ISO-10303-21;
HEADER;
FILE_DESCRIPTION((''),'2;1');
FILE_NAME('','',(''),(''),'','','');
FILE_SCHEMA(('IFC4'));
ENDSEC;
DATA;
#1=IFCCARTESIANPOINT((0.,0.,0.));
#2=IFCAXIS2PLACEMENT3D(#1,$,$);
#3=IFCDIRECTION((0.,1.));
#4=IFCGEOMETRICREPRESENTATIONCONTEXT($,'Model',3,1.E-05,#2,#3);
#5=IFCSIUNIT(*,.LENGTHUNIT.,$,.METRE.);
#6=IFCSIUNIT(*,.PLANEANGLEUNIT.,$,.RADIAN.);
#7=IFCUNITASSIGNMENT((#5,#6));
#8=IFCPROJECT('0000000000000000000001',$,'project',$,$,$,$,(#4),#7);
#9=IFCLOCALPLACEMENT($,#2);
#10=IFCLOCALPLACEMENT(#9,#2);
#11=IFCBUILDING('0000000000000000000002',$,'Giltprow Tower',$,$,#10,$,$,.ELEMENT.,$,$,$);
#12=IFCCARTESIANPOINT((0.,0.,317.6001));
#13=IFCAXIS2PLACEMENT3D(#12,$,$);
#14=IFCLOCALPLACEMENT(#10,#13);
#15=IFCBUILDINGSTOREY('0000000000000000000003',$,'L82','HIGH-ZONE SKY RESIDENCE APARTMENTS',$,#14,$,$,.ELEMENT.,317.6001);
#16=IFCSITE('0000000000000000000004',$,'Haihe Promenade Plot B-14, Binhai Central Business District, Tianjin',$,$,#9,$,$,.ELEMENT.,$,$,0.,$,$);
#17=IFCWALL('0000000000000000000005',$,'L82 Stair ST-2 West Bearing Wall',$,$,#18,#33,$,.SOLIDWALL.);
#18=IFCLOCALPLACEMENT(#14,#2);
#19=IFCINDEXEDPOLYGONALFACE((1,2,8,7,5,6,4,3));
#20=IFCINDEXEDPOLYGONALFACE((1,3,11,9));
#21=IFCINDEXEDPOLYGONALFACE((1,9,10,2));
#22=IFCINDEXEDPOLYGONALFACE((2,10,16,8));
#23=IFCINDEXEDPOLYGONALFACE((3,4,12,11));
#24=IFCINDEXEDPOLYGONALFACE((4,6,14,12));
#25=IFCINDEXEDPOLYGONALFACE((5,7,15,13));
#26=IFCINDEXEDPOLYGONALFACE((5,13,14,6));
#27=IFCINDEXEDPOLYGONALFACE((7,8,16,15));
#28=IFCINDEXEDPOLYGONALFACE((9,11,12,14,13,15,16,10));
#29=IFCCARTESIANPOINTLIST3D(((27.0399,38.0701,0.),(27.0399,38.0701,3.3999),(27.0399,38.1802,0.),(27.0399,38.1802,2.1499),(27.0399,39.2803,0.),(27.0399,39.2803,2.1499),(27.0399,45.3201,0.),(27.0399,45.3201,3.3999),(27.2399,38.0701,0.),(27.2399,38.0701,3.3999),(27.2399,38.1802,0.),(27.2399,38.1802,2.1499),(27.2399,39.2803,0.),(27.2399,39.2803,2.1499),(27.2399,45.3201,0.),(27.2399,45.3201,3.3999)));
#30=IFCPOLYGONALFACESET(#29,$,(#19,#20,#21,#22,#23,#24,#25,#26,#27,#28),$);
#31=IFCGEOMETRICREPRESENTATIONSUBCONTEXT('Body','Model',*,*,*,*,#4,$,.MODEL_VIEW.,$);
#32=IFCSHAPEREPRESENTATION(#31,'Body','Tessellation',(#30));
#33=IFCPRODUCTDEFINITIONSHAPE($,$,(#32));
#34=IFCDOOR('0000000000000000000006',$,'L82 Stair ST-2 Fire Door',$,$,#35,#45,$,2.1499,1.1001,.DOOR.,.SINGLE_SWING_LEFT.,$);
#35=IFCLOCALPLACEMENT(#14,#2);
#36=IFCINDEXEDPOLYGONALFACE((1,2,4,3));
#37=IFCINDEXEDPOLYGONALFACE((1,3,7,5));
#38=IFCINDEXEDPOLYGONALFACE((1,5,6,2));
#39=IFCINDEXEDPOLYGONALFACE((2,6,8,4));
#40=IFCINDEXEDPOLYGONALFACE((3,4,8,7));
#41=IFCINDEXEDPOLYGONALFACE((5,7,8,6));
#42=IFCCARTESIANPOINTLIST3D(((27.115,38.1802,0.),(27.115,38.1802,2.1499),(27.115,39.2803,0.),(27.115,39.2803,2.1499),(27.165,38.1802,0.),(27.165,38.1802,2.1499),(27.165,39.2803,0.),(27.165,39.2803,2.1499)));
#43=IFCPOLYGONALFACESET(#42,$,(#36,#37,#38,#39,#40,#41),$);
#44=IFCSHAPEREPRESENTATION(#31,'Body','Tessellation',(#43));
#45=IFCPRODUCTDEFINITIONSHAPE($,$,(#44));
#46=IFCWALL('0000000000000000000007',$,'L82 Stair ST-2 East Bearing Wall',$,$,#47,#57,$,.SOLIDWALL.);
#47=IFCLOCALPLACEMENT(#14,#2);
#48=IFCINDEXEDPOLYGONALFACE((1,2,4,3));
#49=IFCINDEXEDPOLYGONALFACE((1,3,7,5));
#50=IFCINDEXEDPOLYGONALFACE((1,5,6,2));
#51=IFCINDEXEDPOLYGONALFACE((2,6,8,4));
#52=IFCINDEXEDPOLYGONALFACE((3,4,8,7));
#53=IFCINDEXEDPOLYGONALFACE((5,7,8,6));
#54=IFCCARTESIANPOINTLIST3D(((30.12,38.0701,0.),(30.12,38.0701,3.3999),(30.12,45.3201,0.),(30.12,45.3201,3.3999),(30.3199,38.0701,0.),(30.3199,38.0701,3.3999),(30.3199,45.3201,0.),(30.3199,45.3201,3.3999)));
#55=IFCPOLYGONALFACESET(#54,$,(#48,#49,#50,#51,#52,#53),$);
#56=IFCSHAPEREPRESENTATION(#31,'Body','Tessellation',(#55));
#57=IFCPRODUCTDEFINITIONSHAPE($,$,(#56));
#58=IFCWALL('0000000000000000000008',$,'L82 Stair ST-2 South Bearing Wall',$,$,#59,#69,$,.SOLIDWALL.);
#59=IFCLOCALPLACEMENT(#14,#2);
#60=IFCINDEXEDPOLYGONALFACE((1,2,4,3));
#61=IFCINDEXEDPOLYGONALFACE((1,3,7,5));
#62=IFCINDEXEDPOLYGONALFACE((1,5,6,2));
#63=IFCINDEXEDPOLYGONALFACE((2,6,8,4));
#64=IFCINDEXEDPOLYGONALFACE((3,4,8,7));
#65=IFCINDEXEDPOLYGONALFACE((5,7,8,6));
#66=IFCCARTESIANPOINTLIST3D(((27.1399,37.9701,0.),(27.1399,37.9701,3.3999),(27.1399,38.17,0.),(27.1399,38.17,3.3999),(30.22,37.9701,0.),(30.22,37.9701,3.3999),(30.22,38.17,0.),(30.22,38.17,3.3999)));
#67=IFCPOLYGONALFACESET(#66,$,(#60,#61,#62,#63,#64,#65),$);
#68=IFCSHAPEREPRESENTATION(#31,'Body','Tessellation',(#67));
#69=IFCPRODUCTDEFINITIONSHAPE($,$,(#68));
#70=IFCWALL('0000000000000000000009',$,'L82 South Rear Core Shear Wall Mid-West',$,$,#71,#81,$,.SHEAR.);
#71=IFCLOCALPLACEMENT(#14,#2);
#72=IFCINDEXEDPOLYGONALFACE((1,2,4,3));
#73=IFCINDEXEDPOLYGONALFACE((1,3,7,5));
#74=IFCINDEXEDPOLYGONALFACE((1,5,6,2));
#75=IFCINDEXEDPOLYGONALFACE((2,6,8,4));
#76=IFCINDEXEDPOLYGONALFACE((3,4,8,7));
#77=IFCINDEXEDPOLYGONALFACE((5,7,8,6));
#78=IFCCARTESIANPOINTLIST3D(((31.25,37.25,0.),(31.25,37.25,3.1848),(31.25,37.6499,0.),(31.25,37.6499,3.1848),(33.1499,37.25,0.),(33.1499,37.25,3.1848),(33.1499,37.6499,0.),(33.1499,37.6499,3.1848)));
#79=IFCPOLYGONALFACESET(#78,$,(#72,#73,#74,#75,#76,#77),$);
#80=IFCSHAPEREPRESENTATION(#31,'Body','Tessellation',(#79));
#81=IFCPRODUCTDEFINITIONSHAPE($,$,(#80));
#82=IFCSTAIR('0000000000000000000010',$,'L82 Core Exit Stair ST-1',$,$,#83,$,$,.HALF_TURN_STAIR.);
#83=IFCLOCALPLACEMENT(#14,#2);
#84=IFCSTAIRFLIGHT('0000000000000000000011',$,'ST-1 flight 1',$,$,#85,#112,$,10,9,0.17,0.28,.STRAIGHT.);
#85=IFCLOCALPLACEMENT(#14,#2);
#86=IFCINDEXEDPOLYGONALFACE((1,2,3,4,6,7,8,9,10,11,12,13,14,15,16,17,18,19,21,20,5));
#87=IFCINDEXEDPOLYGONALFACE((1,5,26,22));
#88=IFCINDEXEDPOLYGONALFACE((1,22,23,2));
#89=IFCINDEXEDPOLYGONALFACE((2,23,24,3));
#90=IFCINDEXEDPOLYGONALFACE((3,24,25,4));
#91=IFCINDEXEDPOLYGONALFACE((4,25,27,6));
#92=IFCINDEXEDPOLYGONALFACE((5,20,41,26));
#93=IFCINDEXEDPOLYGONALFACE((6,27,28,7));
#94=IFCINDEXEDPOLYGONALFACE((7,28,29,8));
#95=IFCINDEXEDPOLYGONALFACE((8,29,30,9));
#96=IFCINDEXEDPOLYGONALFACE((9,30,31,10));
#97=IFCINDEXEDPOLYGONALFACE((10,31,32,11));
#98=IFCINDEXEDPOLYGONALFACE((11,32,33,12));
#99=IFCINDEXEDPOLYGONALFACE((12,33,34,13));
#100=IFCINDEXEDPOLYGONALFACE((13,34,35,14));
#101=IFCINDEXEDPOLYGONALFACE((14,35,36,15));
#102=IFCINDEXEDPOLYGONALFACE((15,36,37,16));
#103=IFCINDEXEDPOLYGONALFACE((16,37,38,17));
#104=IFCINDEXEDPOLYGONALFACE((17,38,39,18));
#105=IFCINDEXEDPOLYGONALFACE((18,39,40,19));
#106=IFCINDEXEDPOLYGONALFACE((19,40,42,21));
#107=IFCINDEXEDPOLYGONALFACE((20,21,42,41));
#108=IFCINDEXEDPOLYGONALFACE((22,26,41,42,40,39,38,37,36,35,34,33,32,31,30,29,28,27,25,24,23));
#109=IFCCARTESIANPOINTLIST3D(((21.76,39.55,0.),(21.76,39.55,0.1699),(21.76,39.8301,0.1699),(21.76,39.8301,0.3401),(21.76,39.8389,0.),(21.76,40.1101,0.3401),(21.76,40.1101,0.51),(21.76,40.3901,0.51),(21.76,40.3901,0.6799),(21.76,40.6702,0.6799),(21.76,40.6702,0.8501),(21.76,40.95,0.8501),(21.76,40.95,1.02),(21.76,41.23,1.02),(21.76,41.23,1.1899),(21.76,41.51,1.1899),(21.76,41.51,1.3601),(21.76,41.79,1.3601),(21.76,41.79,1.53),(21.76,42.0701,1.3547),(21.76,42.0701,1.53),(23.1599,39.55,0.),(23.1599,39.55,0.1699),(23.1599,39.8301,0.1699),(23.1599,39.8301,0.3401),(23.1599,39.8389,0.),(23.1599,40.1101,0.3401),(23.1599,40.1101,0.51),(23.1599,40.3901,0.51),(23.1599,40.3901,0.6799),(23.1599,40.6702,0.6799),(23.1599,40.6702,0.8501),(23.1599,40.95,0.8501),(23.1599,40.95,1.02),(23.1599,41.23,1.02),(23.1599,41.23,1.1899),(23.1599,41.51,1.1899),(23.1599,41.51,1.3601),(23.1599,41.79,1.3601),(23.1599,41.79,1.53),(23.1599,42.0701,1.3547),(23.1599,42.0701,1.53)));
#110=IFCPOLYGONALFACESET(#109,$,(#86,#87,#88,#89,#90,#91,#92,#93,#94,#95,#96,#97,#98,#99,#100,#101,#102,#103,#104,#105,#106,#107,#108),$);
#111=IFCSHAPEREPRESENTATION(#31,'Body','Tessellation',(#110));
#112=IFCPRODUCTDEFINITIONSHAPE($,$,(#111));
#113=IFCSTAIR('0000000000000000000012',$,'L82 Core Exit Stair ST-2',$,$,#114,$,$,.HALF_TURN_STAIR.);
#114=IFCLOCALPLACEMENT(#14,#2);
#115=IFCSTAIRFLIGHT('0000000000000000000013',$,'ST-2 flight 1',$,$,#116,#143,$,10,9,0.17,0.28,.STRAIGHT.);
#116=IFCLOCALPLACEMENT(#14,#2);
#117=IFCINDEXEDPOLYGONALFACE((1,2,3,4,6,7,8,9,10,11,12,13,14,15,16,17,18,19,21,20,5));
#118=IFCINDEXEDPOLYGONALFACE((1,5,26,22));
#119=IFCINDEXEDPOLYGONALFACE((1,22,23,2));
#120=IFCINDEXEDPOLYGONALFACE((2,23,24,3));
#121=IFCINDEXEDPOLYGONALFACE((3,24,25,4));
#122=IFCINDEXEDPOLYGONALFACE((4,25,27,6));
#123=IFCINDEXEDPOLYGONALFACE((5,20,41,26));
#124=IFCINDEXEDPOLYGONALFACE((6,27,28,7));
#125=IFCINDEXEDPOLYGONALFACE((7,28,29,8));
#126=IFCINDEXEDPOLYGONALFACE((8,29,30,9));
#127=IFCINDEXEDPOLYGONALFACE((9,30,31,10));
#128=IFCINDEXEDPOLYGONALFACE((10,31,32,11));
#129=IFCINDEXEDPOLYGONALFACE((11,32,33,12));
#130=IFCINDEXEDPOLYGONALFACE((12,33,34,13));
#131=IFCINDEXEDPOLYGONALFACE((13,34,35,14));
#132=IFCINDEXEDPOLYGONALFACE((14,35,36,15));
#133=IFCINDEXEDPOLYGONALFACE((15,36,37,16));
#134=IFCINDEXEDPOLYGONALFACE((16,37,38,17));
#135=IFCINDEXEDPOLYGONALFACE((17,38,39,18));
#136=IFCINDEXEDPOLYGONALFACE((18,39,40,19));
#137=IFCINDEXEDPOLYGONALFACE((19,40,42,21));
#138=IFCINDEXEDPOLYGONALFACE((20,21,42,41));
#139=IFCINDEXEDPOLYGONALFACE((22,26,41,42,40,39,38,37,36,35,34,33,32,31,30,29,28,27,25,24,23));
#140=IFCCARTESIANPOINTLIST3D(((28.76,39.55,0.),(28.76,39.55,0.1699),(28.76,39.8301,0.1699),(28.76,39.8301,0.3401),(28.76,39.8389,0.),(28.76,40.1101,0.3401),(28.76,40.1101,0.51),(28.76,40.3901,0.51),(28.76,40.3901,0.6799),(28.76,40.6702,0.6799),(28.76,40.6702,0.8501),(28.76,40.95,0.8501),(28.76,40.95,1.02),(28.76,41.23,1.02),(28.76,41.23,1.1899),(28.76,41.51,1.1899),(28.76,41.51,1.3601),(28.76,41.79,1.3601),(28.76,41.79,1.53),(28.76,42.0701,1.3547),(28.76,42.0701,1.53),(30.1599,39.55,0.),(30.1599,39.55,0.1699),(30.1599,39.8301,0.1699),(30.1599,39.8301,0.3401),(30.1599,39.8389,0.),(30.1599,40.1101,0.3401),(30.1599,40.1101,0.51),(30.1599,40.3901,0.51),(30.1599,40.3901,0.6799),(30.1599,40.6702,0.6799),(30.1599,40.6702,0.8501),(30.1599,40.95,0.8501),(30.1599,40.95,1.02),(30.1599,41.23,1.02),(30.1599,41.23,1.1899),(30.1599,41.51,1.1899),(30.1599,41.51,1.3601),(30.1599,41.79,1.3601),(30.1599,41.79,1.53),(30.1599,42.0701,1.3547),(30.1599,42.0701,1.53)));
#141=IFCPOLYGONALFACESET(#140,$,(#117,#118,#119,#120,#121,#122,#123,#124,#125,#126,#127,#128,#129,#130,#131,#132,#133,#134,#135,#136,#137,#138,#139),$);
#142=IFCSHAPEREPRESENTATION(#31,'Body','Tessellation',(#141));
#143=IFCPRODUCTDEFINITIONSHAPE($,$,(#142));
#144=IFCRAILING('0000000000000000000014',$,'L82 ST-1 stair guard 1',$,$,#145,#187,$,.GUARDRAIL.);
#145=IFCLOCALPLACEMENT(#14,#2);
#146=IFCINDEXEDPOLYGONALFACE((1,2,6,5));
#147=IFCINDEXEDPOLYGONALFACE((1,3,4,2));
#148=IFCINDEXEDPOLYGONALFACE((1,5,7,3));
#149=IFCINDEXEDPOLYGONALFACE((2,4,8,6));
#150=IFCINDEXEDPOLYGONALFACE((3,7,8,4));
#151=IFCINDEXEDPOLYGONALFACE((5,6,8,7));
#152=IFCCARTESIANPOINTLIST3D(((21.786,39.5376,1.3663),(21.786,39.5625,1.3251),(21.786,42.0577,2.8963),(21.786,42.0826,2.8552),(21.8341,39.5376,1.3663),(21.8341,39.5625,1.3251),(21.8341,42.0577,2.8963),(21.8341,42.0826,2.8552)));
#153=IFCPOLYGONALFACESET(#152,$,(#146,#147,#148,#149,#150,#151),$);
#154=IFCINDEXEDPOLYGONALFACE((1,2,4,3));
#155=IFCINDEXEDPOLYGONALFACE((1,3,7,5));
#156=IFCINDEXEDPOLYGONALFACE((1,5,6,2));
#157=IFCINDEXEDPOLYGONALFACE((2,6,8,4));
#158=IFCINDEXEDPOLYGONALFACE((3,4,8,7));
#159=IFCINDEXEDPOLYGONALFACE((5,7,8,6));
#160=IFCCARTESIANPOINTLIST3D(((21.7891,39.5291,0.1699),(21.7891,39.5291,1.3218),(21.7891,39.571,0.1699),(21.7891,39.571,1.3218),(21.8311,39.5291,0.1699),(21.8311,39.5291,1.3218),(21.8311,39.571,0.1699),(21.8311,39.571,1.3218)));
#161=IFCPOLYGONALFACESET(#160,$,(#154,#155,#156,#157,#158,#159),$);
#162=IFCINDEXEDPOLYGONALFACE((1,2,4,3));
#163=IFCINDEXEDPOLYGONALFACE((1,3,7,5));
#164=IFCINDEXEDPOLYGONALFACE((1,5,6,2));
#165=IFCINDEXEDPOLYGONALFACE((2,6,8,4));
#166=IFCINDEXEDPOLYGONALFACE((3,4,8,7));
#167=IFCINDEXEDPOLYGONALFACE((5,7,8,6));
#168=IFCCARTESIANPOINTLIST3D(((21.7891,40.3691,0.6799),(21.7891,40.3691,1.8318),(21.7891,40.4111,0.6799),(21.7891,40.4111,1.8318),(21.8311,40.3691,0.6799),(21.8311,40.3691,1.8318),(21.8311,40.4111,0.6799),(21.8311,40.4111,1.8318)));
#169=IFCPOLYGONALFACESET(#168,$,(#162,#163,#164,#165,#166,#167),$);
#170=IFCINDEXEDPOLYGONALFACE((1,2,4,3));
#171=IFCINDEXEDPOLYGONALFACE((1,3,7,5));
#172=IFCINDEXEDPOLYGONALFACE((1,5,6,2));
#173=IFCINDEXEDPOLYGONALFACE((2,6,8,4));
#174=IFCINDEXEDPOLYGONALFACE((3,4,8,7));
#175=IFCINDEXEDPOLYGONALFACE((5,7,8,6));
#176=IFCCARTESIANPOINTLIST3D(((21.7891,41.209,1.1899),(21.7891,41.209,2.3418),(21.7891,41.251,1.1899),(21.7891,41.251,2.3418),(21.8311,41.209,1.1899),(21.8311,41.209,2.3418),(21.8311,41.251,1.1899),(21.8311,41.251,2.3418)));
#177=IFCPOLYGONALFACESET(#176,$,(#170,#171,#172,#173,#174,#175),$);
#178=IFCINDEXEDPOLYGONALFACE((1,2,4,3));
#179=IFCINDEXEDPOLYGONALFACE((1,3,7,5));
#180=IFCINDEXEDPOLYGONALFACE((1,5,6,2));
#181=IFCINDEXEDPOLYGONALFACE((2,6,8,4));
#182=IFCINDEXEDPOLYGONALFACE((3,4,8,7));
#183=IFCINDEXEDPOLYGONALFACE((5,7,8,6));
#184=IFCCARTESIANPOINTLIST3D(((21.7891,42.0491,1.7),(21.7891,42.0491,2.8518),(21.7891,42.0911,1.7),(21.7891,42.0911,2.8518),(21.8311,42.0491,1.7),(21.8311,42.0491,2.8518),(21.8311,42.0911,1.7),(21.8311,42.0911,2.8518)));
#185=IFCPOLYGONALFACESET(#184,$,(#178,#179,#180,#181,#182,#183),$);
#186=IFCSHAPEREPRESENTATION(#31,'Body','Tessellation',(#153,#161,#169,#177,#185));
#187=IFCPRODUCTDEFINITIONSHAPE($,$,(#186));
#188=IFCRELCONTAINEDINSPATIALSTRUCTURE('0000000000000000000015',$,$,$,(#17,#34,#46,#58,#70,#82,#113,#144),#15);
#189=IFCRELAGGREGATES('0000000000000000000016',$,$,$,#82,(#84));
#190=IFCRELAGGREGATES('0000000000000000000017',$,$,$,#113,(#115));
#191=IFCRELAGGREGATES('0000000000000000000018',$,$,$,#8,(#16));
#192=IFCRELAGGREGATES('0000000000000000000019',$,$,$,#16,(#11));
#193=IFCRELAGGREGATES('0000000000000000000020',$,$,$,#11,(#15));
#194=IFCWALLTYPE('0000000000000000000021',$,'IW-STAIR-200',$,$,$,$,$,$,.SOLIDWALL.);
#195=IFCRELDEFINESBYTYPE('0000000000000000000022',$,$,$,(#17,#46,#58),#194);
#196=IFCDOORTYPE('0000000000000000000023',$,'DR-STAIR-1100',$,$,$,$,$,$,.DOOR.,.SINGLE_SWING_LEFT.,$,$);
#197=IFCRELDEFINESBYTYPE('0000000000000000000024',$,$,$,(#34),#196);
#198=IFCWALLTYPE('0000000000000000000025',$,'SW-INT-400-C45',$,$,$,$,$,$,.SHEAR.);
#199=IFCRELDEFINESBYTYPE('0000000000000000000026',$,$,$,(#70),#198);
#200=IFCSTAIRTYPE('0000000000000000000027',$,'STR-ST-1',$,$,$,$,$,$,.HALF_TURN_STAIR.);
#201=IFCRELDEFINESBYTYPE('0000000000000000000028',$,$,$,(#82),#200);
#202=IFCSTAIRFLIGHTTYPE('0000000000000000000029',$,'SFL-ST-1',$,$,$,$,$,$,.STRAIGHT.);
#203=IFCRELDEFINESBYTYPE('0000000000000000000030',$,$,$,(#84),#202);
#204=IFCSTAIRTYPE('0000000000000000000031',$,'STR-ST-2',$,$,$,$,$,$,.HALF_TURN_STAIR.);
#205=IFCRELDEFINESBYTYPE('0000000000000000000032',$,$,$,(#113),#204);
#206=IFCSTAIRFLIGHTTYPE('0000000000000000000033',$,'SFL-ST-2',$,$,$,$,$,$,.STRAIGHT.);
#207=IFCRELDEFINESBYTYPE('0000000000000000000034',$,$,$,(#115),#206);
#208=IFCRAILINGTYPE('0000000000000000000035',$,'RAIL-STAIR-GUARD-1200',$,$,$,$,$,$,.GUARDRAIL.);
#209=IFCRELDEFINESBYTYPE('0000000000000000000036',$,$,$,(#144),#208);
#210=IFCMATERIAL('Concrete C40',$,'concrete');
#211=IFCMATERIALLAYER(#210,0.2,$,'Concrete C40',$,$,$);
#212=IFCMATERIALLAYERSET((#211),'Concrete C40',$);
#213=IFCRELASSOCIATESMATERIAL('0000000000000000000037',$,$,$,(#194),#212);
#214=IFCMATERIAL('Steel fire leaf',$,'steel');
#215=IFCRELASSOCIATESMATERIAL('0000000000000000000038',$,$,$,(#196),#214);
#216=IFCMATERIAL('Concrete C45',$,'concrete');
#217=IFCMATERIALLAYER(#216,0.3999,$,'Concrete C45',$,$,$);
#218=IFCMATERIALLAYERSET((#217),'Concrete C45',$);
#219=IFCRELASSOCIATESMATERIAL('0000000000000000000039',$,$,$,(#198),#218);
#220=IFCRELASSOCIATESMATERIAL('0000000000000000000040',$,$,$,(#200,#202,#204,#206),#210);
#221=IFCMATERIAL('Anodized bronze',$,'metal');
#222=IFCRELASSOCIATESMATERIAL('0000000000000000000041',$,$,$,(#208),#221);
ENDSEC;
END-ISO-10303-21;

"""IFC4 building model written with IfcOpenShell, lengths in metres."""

from ifc_helpers import new_model, si_unit, direction, frame, frame_2d, origin, origin_2d, place, context, subcontext, project, spatial, polyline, rectangle, outline, extrude, source, transform, mapped, material, layer, layer_set, type_object, element, fill, aggregate, save


model = new_model("IFC4")

# Units and contexts
model_context = context("Model", 3, precision=1e-05, world=origin(), true_north=direction((0.0, 1.0)))
body_context = subcontext(model_context, "Body", "Model", "MODEL_VIEW")
ifc_project = project(units=[si_unit("LENGTHUNIT", "METRE"), si_unit("PLANEANGLEUNIT", "RADIAN")], contexts=[model_context])

# Site, building, storey
site_placement = place(None, origin())
site = spatial("IfcSite", under=ifc_project, at=site_placement, Name="Haihe Promenade Plot B-14, Binhai Central Business District, Tianjin", CompositionType="ELEMENT", RefElevation=0.0)
building_placement = place(site_placement, origin())
building = spatial("IfcBuilding", under=site, at=building_placement, Name="Giltprow Tower", CompositionType="ELEMENT")
storey_placement = place(building_placement, frame((0.0, 0.0, 317.6001)))
storey = spatial("IfcBuildingStorey", under=building, at=storey_placement, Name="L82", Description="HIGH-ZONE SKY RESIDENCE APARTMENTS", CompositionType="ELEMENT", Elevation=317.6001)

# Shared definitions
ifc_material_1 = material(Name="Concrete C45", Category="concrete")

# Wall, opening, door
ifc_material_2 = material(Name="Concrete C40", Category="concrete")
ifc_layer_1 = layer(ifc_material_2, 0.2, Name="Concrete C40")
ifc_layer_set_1 = layer_set([ifc_layer_1], Name="Concrete C40")
wall_type_1 = type_object("IfcWallType", Name="IW-STAIR-200", PredefinedType="SOLIDWALL", material=ifc_layer_set_1)
ifc_material_3 = material(Name="Steel fire leaf", Category="steel")
door_type_1 = type_object("IfcDoorType", Name="DR-STAIR-1100", OperationType="SINGLE_SWING_LEFT", PredefinedType="DOOR", material=ifc_material_3)
shared_shape_1 = source(origin(), body_context, "Body", "SweptSolid", [
    extrude(rectangle(XDim=1.1001, YDim=2.1499, at=frame_2d((0.55, 1.075))), frame((0.0, 0.0249, 0.0), z_axis=(0.0, -1.0, 0.0), x_axis=(1.0, 0.0, 0.0)), (0.0, 0.0, 1.0), 0.05),
])
wall_1_placement = place(storey_placement, frame((27.1399, 38.0701, 0.0), z_axis=(0.0, 0.0, 1.0), x_axis=(0.0, 1.0, 0.0)))
wall_1 = element("IfcWall", 1, at=wall_1_placement, inside=storey, type_object=wall_type_1, Name="L82 Stair ST-2 West Bearing Wall", PredefinedType="SOLIDWALL", context=body_context, shape_type="SweptSolid", body=[
    extrude(rectangle(XDim=7.25, YDim=0.2, at=frame_2d((3.625, 0.0))), origin(), (0.0, 0.0, 1.0), 3.3999),
])
opening_1_placement = place(wall_1_placement, frame((0.1101, 0.0, 0.0)))
opening_1 = element("IfcOpeningElement", 2, at=opening_1_placement, cuts=wall_1, PredefinedType="OPENING", context=body_context, shape_type="SweptSolid", body=[
    extrude(rectangle(XDim=1.1001, YDim=2.1499, at=frame_2d((0.55, 1.075))), frame((0.0, 0.1099, 0.0), z_axis=(0.0, -1.0, 0.0), x_axis=(1.0, 0.0, 0.0)), (0.0, 0.0, 1.0), 0.22),
])
door_1_placement = place(opening_1_placement, origin())
door_1 = element("IfcDoor", 3, at=door_1_placement, inside=storey, type_object=door_type_1, Name="L82 Stair ST-2 Fire Door", OperationType="SINGLE_SWING_LEFT", OverallHeight=2.1499, OverallWidth=1.1001, PredefinedType="DOOR", context=body_context, shape_type="MappedRepresentation", body=[
    mapped(shared_shape_1, transform((0.0, 0.0, 0.0), x_axis=(1.0, 0.0, 0.0), y_axis=(0.0, 1.0, 0.0), z_axis=(0.0, 0.0, 1.0), scale=1.0)),
])
fill(opening_1, door_1)

# Walls
wall_2_placement = place(storey_placement, frame((30.22, 38.0701, 0.0), z_axis=(0.0, 0.0, 1.0), x_axis=(0.0, 1.0, 0.0)))
element("IfcWall", 4, at=wall_2_placement, inside=storey, type_object=wall_type_1, Name="L82 Stair ST-2 East Bearing Wall", PredefinedType="SOLIDWALL", context=body_context, shape_type="SweptSolid", body=[
    extrude(rectangle(XDim=7.25, YDim=0.2, at=frame_2d((3.625, 0.0))), origin(), (0.0, 0.0, 1.0), 3.3999),
])
wall_3_placement = place(storey_placement, frame((27.1399, 38.0701, 0.0), z_axis=(0.0, 0.0, 1.0), x_axis=(1.0, 0.0, 0.0)))
element("IfcWall", 5, at=wall_3_placement, inside=storey, type_object=wall_type_1, Name="L82 Stair ST-2 South Bearing Wall", PredefinedType="SOLIDWALL", context=body_context, shape_type="SweptSolid", body=[
    extrude(rectangle(XDim=3.0801, YDim=0.2, at=frame_2d((1.54, 0.0))), origin(), (0.0, 0.0, 1.0), 3.3999),
])
ifc_layer_2 = layer(ifc_material_1, 0.3999, Name="Concrete C45")
ifc_layer_set_2 = layer_set([ifc_layer_2], Name="Concrete C45")
wall_type_2 = type_object("IfcWallType", Name="SW-INT-400-C45", PredefinedType="SHEAR", material=ifc_layer_set_2)
wall_4_placement = place(storey_placement, frame((31.25, 37.45, 0.0), z_axis=(0.0, 0.0, 1.0), x_axis=(1.0, 0.0, 0.0)))
element("IfcWall", 6, at=wall_4_placement, inside=storey, type_object=wall_type_2, Name="L82 South Rear Core Shear Wall Mid-West", PredefinedType="SHEAR", context=body_context, shape_type="SweptSolid", body=[
    extrude(rectangle(XDim=1.8999, YDim=0.3999, at=frame_2d((0.95, 0.0))), origin(), (0.0, 0.0, 1.0), 3.1848),
])

# Stairs, stair flights
stair_type_1 = type_object("IfcStairType", Name="STR-ST-1", PredefinedType="HALF_TURN_STAIR", material=ifc_material_2)
stair_1_placement = place(storey_placement, origin())
stair_1 = element("IfcStair", 7, at=stair_1_placement, inside=storey, type_object=stair_type_1, Name="L82 Core Exit Stair ST-1", PredefinedType="HALF_TURN_STAIR")
stair_flight_type_1 = type_object("IfcStairFlightType", Name="SFL-ST-1", PredefinedType="STRAIGHT", material=ifc_material_2)
stair_flight_1_placement = place(storey_placement, frame((22.46, 39.55, 0.0), z_axis=(0.0, 0.0, 1.0), x_axis=(0.0, 1.0, 0.0)))
stair_flight_1 = element("IfcStairFlight", 8, at=stair_flight_1_placement, type_object=stair_flight_type_1, Name="ST-1 flight 1", NumberOfRisers=10, NumberOfTreads=9, PredefinedType="STRAIGHT", RiserHeight=0.17, TreadLength=0.28, context=body_context, shape_type="SweptSolid", body=[
    extrude(outline(polyline([(0.0, 0.0), (0.0, 0.1699), (0.28, 0.1699), (0.28, 0.3401), (0.5601, 0.3401), (0.5601, 0.51), (0.8401, 0.51), (0.8401, 0.6799), (1.1201, 0.6799), (1.1201, 0.8501), (1.3999, 0.8501), (1.3999, 1.02), (1.6799, 1.02), (1.6799, 1.1899), (1.96, 1.1899), (1.96, 1.3601), (2.24, 1.3601), (2.24, 1.53), (2.52, 1.53), (2.52, 1.7), (2.52, 1.3547), (0.2888, 0.0), (0.0, 0.0)])), frame((0.0, 0.7, 0.0), z_axis=(0.0, -1.0, 0.0), x_axis=(1.0, 0.0, 0.0)), (0.0, 0.0, 1.0), 1.3999),
])
aggregate(stair_1, [stair_flight_1])
stair_type_2 = type_object("IfcStairType", Name="STR-ST-2", PredefinedType="HALF_TURN_STAIR", material=ifc_material_2)
stair_2_placement = place(storey_placement, origin())
stair_2 = element("IfcStair", 9, at=stair_2_placement, inside=storey, type_object=stair_type_2, Name="L82 Core Exit Stair ST-2", PredefinedType="HALF_TURN_STAIR")
stair_flight_type_2 = type_object("IfcStairFlightType", Name="SFL-ST-2", PredefinedType="STRAIGHT", material=ifc_material_2)
stair_flight_2_placement = place(storey_placement, frame((29.46, 39.55, 0.0), z_axis=(0.0, 0.0, 1.0), x_axis=(0.0, 1.0, 0.0)))
stair_flight_2 = element("IfcStairFlight", 10, at=stair_flight_2_placement, type_object=stair_flight_type_2, Name="ST-2 flight 1", NumberOfRisers=10, NumberOfTreads=9, PredefinedType="STRAIGHT", RiserHeight=0.17, TreadLength=0.28, context=body_context, shape_type="SweptSolid", body=[
    extrude(outline(polyline([(0.0, 0.0), (0.0, 0.1699), (0.28, 0.1699), (0.28, 0.3401), (0.5601, 0.3401), (0.5601, 0.51), (0.8401, 0.51), (0.8401, 0.6799), (1.1201, 0.6799), (1.1201, 0.8501), (1.3999, 0.8501), (1.3999, 1.02), (1.6799, 1.02), (1.6799, 1.1899), (1.96, 1.1899), (1.96, 1.3601), (2.24, 1.3601), (2.24, 1.53), (2.52, 1.53), (2.52, 1.7), (2.52, 1.3547), (0.2888, 0.0), (0.0, 0.0)])), frame((0.0, 0.7, 0.0), z_axis=(0.0, -1.0, 0.0), x_axis=(1.0, 0.0, 0.0)), (0.0, 0.0, 1.0), 1.3999),
])
aggregate(stair_2, [stair_flight_2])

# Railing
ifc_material_4 = material(Name="Anodized bronze", Category="metal")
railing_type_1 = type_object("IfcRailingType", Name="RAIL-STAIR-GUARD-1200", PredefinedType="GUARDRAIL", material=ifc_material_4)
railing_1_placement = place(storey_placement, frame((21.8101, 39.55, 0.1699)))
element("IfcRailing", 11, at=railing_1_placement, inside=storey, type_object=railing_type_1, Name="L82 ST-1 stair guard 1", PredefinedType="GUARDRAIL", context=body_context, shape_type="SweptSolid", body=[
    extrude(rectangle(XDim=0.0481, YDim=0.0481, at=origin_2d()), frame((0.0, 0.0, 1.1758), z_axis=(0.0, 0.854785, 0.518982), x_axis=(-1.0, 0.0, 0.0)), (0.0, 0.0, 1.0), 2.9482),
    extrude(rectangle(XDim=0.042, YDim=0.042, at=origin_2d()), origin(), (0.0, 0.0, 1.0), 1.1519),
    extrude(rectangle(XDim=0.042, YDim=0.042, at=origin_2d()), frame((0.0, 0.8401, 0.51)), (0.0, 0.0, 1.0), 1.1519),
    extrude(rectangle(XDim=0.042, YDim=0.042, at=origin_2d()), frame((0.0, 1.6799, 1.02)), (0.0, 0.0, 1.0), 1.1519),
    extrude(rectangle(XDim=0.042, YDim=0.042, at=origin_2d()), frame((0.0, 2.52, 1.53)), (0.0, 0.0, 1.0), 1.1519),
])

save(model, "model.ifc")
